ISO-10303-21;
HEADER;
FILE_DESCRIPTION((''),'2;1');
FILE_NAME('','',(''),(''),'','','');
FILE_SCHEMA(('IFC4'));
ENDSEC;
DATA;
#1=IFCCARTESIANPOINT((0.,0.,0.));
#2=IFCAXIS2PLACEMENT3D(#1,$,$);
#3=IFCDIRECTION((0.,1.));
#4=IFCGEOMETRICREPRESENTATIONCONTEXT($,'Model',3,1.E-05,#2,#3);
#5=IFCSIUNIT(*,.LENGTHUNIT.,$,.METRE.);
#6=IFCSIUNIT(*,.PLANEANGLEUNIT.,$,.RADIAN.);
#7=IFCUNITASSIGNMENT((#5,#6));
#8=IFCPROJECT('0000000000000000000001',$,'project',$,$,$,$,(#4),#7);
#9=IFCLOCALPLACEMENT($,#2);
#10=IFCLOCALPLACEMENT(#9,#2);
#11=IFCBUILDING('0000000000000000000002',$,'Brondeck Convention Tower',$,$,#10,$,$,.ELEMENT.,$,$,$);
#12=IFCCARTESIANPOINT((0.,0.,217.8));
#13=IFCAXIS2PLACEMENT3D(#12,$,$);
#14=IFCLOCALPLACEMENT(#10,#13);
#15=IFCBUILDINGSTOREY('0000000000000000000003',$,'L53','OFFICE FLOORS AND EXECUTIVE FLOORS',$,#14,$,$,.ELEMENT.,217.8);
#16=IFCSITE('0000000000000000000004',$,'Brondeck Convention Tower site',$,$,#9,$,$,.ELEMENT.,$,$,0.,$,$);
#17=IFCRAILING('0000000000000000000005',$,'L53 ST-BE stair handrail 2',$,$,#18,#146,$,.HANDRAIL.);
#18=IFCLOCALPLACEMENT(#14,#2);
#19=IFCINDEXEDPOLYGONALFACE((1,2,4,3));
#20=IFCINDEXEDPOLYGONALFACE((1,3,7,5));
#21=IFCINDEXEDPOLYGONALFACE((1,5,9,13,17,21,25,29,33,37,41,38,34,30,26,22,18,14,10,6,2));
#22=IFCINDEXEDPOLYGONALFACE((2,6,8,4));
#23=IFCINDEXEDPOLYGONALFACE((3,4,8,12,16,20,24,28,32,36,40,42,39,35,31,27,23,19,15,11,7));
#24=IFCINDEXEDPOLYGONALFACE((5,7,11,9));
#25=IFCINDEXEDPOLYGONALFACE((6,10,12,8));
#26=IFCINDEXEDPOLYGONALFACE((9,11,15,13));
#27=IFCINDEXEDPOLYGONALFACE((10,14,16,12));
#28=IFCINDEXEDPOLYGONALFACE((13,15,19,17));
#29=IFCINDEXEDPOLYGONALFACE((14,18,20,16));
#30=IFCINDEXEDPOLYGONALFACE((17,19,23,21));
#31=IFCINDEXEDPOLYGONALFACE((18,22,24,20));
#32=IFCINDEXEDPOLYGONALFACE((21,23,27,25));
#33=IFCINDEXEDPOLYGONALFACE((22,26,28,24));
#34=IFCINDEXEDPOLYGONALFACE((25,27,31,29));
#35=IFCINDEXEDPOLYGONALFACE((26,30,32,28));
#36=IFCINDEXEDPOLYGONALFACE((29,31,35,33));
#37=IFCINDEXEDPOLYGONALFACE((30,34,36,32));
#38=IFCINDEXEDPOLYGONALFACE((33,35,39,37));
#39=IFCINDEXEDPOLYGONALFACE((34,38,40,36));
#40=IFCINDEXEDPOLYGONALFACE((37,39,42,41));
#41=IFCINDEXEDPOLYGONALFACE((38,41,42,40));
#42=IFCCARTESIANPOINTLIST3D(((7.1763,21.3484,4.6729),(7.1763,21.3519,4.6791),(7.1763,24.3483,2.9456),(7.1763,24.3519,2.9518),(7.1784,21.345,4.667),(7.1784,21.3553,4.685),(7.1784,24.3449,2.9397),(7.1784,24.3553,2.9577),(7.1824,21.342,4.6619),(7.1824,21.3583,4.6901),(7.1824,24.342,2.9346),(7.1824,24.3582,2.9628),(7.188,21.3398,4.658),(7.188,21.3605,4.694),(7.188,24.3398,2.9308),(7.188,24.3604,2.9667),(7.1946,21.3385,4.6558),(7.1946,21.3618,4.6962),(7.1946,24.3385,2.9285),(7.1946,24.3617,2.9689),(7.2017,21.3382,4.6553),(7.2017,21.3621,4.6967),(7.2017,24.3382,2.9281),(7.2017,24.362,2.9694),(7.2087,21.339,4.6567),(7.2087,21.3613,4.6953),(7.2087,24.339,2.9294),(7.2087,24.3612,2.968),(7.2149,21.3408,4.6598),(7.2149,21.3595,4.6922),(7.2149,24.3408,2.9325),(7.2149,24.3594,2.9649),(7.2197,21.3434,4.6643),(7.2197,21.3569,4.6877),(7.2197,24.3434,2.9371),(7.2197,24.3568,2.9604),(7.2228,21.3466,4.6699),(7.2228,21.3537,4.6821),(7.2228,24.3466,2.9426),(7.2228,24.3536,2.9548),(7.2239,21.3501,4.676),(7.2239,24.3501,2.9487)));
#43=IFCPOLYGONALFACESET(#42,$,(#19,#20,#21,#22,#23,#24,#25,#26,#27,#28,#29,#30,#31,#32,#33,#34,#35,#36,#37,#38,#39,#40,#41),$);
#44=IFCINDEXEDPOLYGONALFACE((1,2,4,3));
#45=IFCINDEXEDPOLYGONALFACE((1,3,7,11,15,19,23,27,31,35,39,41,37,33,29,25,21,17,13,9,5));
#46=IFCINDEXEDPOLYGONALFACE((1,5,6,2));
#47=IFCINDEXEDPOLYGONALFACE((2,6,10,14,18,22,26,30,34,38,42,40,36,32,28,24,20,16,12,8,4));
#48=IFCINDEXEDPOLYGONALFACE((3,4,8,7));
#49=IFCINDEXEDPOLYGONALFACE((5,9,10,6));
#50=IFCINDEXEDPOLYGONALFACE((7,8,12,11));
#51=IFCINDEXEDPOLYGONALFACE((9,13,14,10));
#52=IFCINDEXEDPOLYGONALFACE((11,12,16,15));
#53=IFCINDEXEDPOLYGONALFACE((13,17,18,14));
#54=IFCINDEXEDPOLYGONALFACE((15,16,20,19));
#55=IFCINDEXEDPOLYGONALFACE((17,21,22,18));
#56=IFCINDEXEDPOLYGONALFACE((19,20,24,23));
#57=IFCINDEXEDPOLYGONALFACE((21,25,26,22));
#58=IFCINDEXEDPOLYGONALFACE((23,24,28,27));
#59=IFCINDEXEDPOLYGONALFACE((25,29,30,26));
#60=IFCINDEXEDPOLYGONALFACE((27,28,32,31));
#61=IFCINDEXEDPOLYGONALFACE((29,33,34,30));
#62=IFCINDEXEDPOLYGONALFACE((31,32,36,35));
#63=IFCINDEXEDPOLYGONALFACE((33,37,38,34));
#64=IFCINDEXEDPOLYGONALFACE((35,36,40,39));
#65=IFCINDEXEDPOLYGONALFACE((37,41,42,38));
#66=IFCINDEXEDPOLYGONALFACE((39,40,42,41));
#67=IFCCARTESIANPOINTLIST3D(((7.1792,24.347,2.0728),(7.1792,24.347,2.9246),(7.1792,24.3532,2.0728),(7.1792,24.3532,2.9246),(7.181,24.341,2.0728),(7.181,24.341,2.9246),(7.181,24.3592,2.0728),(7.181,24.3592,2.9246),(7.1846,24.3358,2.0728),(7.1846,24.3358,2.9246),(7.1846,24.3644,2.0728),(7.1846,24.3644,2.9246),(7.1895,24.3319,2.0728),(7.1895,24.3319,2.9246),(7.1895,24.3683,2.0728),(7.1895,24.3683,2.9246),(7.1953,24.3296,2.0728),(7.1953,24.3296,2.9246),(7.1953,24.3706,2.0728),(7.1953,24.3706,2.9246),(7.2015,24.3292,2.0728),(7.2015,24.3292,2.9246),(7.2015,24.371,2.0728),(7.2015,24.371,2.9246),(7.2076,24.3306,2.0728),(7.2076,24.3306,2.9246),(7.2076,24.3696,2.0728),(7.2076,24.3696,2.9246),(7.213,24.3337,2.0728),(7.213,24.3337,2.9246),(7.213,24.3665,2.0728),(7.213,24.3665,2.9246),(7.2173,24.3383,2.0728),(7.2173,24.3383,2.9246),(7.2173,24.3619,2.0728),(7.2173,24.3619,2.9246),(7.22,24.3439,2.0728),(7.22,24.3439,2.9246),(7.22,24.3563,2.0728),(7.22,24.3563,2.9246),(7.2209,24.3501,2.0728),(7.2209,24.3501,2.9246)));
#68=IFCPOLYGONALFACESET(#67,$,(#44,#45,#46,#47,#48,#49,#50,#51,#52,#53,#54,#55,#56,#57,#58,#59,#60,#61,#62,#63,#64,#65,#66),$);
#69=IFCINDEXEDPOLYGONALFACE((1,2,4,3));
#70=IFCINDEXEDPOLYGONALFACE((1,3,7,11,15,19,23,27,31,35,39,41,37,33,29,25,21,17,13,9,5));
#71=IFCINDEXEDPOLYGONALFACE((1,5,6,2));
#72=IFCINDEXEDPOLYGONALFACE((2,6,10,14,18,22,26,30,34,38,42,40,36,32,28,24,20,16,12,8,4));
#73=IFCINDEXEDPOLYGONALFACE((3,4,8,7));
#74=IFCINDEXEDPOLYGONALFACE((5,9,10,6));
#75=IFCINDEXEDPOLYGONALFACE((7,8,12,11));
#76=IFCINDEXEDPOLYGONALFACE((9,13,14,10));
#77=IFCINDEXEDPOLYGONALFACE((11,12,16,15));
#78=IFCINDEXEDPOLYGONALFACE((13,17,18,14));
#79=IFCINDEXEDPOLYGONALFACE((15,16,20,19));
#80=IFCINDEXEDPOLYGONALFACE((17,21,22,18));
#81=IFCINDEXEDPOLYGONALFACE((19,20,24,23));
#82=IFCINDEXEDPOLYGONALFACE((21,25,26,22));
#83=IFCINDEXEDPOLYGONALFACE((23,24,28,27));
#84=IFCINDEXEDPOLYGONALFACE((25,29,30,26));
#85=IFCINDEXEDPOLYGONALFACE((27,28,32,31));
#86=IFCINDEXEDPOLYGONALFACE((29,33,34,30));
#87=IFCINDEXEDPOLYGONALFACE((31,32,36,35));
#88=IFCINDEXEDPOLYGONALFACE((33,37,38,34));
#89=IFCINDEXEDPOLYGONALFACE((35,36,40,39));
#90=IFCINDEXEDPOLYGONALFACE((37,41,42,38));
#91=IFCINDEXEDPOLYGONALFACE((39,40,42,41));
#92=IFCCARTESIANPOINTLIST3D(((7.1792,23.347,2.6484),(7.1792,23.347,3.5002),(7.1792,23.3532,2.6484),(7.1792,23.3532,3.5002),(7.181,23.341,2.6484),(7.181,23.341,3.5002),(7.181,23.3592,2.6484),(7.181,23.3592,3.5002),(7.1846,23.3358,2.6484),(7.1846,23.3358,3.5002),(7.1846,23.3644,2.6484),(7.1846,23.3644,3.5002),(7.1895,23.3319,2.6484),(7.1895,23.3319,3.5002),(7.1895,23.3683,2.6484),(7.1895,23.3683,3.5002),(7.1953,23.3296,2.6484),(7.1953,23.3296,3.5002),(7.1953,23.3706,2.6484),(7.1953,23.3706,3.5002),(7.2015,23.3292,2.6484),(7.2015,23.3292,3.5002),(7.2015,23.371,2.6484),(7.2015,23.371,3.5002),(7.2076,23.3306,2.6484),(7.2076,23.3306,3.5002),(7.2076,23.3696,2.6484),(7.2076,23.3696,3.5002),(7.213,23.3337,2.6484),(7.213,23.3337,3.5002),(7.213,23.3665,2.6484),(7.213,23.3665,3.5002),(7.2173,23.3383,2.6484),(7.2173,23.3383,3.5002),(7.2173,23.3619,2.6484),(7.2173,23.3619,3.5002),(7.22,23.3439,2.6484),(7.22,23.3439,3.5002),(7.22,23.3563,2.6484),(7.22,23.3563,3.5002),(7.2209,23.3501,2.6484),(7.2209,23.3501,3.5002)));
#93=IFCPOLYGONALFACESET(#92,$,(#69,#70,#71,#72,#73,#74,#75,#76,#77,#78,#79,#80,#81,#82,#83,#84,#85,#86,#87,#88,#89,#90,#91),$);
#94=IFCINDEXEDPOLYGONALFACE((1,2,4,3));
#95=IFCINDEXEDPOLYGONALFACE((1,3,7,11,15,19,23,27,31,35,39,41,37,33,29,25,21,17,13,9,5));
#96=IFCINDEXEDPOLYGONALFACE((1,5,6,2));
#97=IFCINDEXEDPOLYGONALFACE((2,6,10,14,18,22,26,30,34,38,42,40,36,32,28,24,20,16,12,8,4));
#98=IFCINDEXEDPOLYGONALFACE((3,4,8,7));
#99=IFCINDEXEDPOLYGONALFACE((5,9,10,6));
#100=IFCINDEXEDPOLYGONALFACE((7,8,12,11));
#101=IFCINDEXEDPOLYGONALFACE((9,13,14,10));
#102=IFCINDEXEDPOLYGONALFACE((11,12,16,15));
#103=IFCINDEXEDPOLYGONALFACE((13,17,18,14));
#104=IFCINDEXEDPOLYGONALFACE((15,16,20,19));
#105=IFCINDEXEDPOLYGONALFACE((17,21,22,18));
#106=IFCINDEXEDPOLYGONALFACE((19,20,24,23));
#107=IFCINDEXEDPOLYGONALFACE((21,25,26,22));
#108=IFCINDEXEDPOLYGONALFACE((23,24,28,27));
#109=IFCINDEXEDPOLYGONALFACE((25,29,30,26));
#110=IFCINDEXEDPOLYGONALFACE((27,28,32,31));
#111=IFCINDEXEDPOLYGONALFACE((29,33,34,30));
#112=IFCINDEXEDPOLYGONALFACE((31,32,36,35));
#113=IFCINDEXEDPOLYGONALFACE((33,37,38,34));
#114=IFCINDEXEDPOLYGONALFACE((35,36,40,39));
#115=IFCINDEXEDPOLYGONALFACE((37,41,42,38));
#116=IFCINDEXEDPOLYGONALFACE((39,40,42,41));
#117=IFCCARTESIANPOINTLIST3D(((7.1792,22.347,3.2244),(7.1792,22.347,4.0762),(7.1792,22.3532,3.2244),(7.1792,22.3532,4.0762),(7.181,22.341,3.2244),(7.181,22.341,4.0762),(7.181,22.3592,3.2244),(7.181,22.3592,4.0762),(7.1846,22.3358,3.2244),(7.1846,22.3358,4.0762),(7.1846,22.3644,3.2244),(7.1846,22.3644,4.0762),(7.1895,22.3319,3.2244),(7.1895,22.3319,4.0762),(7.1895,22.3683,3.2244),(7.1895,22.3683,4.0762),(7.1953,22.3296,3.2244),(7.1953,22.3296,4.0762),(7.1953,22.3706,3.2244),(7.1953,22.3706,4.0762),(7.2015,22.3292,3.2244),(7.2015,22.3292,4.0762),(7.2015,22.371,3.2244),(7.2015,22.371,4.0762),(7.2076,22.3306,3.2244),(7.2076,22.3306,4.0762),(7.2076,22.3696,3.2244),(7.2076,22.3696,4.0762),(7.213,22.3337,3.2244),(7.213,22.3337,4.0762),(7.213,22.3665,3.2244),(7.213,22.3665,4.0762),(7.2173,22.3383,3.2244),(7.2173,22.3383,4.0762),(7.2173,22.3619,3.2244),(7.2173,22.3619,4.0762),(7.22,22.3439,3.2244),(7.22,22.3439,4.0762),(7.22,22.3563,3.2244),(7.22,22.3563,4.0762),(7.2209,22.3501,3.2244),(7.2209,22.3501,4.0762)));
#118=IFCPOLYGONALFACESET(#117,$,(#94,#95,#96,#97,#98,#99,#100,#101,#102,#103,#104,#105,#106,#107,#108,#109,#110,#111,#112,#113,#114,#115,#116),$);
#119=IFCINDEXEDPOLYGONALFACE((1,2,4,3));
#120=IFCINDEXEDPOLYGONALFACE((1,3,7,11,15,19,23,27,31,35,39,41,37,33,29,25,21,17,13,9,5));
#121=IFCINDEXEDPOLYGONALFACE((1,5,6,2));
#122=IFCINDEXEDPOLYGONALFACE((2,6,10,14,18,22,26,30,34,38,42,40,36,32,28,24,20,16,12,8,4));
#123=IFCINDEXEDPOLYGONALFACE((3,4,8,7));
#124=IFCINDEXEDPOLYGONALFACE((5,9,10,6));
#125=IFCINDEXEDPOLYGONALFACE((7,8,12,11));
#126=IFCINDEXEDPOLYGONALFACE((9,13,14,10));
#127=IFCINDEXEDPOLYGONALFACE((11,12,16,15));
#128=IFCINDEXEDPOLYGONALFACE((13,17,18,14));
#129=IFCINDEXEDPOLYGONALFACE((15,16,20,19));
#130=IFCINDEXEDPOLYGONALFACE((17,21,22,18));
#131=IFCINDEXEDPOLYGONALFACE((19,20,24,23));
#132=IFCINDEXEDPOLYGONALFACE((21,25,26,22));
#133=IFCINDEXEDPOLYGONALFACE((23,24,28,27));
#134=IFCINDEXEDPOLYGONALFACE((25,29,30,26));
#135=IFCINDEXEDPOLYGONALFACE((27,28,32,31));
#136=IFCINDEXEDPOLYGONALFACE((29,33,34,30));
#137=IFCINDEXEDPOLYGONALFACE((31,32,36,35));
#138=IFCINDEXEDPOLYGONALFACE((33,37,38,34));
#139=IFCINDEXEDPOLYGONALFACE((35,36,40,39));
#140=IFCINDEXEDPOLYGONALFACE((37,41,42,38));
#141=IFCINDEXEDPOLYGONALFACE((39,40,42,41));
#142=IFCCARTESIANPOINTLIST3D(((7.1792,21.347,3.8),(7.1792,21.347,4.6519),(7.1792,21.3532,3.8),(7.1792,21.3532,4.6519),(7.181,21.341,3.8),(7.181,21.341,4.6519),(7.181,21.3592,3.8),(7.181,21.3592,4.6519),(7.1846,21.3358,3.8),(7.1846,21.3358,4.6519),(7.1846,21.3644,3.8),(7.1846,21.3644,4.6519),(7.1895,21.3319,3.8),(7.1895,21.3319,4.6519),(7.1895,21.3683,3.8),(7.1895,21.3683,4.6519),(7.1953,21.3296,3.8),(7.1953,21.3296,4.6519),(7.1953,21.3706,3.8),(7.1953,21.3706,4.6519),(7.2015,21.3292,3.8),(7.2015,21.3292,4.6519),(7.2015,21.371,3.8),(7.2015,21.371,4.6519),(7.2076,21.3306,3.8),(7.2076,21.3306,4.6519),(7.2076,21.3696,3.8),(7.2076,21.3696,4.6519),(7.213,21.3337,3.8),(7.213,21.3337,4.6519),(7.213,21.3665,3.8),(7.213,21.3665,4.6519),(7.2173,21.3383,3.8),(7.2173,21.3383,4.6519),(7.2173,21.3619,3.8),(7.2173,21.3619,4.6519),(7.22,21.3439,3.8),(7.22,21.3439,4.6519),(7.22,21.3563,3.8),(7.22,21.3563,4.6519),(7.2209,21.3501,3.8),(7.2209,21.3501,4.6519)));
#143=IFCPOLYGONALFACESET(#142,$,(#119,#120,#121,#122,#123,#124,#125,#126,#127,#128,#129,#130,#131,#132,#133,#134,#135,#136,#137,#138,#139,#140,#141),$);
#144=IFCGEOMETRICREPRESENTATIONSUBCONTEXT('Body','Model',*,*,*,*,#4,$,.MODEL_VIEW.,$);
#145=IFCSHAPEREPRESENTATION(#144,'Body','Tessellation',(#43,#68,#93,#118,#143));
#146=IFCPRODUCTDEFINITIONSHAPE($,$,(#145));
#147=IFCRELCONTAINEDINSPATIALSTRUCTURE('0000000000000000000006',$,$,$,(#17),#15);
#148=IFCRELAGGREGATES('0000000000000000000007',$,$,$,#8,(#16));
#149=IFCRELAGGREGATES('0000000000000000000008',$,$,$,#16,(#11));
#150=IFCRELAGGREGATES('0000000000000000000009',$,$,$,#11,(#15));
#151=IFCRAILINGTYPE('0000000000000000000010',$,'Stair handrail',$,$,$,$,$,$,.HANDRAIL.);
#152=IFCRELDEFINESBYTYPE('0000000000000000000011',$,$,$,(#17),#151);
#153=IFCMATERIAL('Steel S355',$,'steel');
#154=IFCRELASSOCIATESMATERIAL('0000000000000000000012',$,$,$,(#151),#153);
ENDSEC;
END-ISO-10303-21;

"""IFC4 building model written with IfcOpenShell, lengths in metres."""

from ifc_helpers import new_model, si_unit, direction, frame, origin, origin_2d, place, context, subcontext, project, spatial, circle, extrude, material, type_object, element, save


model = new_model("IFC4")

# Units and contexts
model_context = context("Model", 3, precision=1e-05, world=origin(), true_north=direction((0.0, 1.0)))
body_context = subcontext(model_context, "Body", "Model", "MODEL_VIEW")
ifc_project = project(units=[si_unit("LENGTHUNIT", "METRE"), si_unit("PLANEANGLEUNIT", "RADIAN")], contexts=[model_context])

# Site, building, storey
site_placement = place(None, origin())
site = spatial("IfcSite", under=ifc_project, at=site_placement, Name="Brondeck Convention Tower site", CompositionType="ELEMENT", RefElevation=0.0)
building_placement = place(site_placement, origin())
building = spatial("IfcBuilding", under=site, at=building_placement, Name="Brondeck Convention Tower", CompositionType="ELEMENT")
storey_placement = place(building_placement, frame((0.0, 0.0, 217.8)))
storey = spatial("IfcBuildingStorey", under=building, at=storey_placement, Name="L53", Description="OFFICE FLOORS AND EXECUTIVE FLOORS", CompositionType="ELEMENT", Elevation=217.8)

# Shared definitions
ifc_material_1 = material(Name="Steel S355", Category="steel")

# Railing
railing_type_1 = type_object("IfcRailingType", Name="Stair handrail", PredefinedType="HANDRAIL", material=ifc_material_1)
railing_1_placement = place(storey_placement, frame((7.2, 24.3501, 2.0728)))
element("IfcRailing", 1, at=railing_1_placement, inside=storey, type_object=railing_type_1, Name="L53 ST-BE stair handrail 2", PredefinedType="HANDRAIL", context=body_context, shape_type="SweptSolid", body=[
    extrude(circle(Radius=0.0239, at=origin_2d()), frame((0.0, 0.0, 0.876), z_axis=(0.0, -0.86662, 0.498969), x_axis=(1.0, 0.0, 0.0)), (0.0, 0.0, 1.0), 3.4617),
    extrude(circle(Radius=0.021, at=origin_2d()), origin(), (0.0, 0.0, 1.0), 0.8518),
    extrude(circle(Radius=0.021, at=origin_2d()), frame((0.0, -1.0, 0.5757)), (0.0, 0.0, 1.0), 0.8518),
    extrude(circle(Radius=0.021, at=origin_2d()), frame((0.0, -2.0, 1.1516)), (0.0, 0.0, 1.0), 0.8518),
    extrude(circle(Radius=0.021, at=origin_2d()), frame((0.0, -3.0, 1.7273)), (0.0, 0.0, 1.0), 0.8518),
])

save(model, "model.ifc")
